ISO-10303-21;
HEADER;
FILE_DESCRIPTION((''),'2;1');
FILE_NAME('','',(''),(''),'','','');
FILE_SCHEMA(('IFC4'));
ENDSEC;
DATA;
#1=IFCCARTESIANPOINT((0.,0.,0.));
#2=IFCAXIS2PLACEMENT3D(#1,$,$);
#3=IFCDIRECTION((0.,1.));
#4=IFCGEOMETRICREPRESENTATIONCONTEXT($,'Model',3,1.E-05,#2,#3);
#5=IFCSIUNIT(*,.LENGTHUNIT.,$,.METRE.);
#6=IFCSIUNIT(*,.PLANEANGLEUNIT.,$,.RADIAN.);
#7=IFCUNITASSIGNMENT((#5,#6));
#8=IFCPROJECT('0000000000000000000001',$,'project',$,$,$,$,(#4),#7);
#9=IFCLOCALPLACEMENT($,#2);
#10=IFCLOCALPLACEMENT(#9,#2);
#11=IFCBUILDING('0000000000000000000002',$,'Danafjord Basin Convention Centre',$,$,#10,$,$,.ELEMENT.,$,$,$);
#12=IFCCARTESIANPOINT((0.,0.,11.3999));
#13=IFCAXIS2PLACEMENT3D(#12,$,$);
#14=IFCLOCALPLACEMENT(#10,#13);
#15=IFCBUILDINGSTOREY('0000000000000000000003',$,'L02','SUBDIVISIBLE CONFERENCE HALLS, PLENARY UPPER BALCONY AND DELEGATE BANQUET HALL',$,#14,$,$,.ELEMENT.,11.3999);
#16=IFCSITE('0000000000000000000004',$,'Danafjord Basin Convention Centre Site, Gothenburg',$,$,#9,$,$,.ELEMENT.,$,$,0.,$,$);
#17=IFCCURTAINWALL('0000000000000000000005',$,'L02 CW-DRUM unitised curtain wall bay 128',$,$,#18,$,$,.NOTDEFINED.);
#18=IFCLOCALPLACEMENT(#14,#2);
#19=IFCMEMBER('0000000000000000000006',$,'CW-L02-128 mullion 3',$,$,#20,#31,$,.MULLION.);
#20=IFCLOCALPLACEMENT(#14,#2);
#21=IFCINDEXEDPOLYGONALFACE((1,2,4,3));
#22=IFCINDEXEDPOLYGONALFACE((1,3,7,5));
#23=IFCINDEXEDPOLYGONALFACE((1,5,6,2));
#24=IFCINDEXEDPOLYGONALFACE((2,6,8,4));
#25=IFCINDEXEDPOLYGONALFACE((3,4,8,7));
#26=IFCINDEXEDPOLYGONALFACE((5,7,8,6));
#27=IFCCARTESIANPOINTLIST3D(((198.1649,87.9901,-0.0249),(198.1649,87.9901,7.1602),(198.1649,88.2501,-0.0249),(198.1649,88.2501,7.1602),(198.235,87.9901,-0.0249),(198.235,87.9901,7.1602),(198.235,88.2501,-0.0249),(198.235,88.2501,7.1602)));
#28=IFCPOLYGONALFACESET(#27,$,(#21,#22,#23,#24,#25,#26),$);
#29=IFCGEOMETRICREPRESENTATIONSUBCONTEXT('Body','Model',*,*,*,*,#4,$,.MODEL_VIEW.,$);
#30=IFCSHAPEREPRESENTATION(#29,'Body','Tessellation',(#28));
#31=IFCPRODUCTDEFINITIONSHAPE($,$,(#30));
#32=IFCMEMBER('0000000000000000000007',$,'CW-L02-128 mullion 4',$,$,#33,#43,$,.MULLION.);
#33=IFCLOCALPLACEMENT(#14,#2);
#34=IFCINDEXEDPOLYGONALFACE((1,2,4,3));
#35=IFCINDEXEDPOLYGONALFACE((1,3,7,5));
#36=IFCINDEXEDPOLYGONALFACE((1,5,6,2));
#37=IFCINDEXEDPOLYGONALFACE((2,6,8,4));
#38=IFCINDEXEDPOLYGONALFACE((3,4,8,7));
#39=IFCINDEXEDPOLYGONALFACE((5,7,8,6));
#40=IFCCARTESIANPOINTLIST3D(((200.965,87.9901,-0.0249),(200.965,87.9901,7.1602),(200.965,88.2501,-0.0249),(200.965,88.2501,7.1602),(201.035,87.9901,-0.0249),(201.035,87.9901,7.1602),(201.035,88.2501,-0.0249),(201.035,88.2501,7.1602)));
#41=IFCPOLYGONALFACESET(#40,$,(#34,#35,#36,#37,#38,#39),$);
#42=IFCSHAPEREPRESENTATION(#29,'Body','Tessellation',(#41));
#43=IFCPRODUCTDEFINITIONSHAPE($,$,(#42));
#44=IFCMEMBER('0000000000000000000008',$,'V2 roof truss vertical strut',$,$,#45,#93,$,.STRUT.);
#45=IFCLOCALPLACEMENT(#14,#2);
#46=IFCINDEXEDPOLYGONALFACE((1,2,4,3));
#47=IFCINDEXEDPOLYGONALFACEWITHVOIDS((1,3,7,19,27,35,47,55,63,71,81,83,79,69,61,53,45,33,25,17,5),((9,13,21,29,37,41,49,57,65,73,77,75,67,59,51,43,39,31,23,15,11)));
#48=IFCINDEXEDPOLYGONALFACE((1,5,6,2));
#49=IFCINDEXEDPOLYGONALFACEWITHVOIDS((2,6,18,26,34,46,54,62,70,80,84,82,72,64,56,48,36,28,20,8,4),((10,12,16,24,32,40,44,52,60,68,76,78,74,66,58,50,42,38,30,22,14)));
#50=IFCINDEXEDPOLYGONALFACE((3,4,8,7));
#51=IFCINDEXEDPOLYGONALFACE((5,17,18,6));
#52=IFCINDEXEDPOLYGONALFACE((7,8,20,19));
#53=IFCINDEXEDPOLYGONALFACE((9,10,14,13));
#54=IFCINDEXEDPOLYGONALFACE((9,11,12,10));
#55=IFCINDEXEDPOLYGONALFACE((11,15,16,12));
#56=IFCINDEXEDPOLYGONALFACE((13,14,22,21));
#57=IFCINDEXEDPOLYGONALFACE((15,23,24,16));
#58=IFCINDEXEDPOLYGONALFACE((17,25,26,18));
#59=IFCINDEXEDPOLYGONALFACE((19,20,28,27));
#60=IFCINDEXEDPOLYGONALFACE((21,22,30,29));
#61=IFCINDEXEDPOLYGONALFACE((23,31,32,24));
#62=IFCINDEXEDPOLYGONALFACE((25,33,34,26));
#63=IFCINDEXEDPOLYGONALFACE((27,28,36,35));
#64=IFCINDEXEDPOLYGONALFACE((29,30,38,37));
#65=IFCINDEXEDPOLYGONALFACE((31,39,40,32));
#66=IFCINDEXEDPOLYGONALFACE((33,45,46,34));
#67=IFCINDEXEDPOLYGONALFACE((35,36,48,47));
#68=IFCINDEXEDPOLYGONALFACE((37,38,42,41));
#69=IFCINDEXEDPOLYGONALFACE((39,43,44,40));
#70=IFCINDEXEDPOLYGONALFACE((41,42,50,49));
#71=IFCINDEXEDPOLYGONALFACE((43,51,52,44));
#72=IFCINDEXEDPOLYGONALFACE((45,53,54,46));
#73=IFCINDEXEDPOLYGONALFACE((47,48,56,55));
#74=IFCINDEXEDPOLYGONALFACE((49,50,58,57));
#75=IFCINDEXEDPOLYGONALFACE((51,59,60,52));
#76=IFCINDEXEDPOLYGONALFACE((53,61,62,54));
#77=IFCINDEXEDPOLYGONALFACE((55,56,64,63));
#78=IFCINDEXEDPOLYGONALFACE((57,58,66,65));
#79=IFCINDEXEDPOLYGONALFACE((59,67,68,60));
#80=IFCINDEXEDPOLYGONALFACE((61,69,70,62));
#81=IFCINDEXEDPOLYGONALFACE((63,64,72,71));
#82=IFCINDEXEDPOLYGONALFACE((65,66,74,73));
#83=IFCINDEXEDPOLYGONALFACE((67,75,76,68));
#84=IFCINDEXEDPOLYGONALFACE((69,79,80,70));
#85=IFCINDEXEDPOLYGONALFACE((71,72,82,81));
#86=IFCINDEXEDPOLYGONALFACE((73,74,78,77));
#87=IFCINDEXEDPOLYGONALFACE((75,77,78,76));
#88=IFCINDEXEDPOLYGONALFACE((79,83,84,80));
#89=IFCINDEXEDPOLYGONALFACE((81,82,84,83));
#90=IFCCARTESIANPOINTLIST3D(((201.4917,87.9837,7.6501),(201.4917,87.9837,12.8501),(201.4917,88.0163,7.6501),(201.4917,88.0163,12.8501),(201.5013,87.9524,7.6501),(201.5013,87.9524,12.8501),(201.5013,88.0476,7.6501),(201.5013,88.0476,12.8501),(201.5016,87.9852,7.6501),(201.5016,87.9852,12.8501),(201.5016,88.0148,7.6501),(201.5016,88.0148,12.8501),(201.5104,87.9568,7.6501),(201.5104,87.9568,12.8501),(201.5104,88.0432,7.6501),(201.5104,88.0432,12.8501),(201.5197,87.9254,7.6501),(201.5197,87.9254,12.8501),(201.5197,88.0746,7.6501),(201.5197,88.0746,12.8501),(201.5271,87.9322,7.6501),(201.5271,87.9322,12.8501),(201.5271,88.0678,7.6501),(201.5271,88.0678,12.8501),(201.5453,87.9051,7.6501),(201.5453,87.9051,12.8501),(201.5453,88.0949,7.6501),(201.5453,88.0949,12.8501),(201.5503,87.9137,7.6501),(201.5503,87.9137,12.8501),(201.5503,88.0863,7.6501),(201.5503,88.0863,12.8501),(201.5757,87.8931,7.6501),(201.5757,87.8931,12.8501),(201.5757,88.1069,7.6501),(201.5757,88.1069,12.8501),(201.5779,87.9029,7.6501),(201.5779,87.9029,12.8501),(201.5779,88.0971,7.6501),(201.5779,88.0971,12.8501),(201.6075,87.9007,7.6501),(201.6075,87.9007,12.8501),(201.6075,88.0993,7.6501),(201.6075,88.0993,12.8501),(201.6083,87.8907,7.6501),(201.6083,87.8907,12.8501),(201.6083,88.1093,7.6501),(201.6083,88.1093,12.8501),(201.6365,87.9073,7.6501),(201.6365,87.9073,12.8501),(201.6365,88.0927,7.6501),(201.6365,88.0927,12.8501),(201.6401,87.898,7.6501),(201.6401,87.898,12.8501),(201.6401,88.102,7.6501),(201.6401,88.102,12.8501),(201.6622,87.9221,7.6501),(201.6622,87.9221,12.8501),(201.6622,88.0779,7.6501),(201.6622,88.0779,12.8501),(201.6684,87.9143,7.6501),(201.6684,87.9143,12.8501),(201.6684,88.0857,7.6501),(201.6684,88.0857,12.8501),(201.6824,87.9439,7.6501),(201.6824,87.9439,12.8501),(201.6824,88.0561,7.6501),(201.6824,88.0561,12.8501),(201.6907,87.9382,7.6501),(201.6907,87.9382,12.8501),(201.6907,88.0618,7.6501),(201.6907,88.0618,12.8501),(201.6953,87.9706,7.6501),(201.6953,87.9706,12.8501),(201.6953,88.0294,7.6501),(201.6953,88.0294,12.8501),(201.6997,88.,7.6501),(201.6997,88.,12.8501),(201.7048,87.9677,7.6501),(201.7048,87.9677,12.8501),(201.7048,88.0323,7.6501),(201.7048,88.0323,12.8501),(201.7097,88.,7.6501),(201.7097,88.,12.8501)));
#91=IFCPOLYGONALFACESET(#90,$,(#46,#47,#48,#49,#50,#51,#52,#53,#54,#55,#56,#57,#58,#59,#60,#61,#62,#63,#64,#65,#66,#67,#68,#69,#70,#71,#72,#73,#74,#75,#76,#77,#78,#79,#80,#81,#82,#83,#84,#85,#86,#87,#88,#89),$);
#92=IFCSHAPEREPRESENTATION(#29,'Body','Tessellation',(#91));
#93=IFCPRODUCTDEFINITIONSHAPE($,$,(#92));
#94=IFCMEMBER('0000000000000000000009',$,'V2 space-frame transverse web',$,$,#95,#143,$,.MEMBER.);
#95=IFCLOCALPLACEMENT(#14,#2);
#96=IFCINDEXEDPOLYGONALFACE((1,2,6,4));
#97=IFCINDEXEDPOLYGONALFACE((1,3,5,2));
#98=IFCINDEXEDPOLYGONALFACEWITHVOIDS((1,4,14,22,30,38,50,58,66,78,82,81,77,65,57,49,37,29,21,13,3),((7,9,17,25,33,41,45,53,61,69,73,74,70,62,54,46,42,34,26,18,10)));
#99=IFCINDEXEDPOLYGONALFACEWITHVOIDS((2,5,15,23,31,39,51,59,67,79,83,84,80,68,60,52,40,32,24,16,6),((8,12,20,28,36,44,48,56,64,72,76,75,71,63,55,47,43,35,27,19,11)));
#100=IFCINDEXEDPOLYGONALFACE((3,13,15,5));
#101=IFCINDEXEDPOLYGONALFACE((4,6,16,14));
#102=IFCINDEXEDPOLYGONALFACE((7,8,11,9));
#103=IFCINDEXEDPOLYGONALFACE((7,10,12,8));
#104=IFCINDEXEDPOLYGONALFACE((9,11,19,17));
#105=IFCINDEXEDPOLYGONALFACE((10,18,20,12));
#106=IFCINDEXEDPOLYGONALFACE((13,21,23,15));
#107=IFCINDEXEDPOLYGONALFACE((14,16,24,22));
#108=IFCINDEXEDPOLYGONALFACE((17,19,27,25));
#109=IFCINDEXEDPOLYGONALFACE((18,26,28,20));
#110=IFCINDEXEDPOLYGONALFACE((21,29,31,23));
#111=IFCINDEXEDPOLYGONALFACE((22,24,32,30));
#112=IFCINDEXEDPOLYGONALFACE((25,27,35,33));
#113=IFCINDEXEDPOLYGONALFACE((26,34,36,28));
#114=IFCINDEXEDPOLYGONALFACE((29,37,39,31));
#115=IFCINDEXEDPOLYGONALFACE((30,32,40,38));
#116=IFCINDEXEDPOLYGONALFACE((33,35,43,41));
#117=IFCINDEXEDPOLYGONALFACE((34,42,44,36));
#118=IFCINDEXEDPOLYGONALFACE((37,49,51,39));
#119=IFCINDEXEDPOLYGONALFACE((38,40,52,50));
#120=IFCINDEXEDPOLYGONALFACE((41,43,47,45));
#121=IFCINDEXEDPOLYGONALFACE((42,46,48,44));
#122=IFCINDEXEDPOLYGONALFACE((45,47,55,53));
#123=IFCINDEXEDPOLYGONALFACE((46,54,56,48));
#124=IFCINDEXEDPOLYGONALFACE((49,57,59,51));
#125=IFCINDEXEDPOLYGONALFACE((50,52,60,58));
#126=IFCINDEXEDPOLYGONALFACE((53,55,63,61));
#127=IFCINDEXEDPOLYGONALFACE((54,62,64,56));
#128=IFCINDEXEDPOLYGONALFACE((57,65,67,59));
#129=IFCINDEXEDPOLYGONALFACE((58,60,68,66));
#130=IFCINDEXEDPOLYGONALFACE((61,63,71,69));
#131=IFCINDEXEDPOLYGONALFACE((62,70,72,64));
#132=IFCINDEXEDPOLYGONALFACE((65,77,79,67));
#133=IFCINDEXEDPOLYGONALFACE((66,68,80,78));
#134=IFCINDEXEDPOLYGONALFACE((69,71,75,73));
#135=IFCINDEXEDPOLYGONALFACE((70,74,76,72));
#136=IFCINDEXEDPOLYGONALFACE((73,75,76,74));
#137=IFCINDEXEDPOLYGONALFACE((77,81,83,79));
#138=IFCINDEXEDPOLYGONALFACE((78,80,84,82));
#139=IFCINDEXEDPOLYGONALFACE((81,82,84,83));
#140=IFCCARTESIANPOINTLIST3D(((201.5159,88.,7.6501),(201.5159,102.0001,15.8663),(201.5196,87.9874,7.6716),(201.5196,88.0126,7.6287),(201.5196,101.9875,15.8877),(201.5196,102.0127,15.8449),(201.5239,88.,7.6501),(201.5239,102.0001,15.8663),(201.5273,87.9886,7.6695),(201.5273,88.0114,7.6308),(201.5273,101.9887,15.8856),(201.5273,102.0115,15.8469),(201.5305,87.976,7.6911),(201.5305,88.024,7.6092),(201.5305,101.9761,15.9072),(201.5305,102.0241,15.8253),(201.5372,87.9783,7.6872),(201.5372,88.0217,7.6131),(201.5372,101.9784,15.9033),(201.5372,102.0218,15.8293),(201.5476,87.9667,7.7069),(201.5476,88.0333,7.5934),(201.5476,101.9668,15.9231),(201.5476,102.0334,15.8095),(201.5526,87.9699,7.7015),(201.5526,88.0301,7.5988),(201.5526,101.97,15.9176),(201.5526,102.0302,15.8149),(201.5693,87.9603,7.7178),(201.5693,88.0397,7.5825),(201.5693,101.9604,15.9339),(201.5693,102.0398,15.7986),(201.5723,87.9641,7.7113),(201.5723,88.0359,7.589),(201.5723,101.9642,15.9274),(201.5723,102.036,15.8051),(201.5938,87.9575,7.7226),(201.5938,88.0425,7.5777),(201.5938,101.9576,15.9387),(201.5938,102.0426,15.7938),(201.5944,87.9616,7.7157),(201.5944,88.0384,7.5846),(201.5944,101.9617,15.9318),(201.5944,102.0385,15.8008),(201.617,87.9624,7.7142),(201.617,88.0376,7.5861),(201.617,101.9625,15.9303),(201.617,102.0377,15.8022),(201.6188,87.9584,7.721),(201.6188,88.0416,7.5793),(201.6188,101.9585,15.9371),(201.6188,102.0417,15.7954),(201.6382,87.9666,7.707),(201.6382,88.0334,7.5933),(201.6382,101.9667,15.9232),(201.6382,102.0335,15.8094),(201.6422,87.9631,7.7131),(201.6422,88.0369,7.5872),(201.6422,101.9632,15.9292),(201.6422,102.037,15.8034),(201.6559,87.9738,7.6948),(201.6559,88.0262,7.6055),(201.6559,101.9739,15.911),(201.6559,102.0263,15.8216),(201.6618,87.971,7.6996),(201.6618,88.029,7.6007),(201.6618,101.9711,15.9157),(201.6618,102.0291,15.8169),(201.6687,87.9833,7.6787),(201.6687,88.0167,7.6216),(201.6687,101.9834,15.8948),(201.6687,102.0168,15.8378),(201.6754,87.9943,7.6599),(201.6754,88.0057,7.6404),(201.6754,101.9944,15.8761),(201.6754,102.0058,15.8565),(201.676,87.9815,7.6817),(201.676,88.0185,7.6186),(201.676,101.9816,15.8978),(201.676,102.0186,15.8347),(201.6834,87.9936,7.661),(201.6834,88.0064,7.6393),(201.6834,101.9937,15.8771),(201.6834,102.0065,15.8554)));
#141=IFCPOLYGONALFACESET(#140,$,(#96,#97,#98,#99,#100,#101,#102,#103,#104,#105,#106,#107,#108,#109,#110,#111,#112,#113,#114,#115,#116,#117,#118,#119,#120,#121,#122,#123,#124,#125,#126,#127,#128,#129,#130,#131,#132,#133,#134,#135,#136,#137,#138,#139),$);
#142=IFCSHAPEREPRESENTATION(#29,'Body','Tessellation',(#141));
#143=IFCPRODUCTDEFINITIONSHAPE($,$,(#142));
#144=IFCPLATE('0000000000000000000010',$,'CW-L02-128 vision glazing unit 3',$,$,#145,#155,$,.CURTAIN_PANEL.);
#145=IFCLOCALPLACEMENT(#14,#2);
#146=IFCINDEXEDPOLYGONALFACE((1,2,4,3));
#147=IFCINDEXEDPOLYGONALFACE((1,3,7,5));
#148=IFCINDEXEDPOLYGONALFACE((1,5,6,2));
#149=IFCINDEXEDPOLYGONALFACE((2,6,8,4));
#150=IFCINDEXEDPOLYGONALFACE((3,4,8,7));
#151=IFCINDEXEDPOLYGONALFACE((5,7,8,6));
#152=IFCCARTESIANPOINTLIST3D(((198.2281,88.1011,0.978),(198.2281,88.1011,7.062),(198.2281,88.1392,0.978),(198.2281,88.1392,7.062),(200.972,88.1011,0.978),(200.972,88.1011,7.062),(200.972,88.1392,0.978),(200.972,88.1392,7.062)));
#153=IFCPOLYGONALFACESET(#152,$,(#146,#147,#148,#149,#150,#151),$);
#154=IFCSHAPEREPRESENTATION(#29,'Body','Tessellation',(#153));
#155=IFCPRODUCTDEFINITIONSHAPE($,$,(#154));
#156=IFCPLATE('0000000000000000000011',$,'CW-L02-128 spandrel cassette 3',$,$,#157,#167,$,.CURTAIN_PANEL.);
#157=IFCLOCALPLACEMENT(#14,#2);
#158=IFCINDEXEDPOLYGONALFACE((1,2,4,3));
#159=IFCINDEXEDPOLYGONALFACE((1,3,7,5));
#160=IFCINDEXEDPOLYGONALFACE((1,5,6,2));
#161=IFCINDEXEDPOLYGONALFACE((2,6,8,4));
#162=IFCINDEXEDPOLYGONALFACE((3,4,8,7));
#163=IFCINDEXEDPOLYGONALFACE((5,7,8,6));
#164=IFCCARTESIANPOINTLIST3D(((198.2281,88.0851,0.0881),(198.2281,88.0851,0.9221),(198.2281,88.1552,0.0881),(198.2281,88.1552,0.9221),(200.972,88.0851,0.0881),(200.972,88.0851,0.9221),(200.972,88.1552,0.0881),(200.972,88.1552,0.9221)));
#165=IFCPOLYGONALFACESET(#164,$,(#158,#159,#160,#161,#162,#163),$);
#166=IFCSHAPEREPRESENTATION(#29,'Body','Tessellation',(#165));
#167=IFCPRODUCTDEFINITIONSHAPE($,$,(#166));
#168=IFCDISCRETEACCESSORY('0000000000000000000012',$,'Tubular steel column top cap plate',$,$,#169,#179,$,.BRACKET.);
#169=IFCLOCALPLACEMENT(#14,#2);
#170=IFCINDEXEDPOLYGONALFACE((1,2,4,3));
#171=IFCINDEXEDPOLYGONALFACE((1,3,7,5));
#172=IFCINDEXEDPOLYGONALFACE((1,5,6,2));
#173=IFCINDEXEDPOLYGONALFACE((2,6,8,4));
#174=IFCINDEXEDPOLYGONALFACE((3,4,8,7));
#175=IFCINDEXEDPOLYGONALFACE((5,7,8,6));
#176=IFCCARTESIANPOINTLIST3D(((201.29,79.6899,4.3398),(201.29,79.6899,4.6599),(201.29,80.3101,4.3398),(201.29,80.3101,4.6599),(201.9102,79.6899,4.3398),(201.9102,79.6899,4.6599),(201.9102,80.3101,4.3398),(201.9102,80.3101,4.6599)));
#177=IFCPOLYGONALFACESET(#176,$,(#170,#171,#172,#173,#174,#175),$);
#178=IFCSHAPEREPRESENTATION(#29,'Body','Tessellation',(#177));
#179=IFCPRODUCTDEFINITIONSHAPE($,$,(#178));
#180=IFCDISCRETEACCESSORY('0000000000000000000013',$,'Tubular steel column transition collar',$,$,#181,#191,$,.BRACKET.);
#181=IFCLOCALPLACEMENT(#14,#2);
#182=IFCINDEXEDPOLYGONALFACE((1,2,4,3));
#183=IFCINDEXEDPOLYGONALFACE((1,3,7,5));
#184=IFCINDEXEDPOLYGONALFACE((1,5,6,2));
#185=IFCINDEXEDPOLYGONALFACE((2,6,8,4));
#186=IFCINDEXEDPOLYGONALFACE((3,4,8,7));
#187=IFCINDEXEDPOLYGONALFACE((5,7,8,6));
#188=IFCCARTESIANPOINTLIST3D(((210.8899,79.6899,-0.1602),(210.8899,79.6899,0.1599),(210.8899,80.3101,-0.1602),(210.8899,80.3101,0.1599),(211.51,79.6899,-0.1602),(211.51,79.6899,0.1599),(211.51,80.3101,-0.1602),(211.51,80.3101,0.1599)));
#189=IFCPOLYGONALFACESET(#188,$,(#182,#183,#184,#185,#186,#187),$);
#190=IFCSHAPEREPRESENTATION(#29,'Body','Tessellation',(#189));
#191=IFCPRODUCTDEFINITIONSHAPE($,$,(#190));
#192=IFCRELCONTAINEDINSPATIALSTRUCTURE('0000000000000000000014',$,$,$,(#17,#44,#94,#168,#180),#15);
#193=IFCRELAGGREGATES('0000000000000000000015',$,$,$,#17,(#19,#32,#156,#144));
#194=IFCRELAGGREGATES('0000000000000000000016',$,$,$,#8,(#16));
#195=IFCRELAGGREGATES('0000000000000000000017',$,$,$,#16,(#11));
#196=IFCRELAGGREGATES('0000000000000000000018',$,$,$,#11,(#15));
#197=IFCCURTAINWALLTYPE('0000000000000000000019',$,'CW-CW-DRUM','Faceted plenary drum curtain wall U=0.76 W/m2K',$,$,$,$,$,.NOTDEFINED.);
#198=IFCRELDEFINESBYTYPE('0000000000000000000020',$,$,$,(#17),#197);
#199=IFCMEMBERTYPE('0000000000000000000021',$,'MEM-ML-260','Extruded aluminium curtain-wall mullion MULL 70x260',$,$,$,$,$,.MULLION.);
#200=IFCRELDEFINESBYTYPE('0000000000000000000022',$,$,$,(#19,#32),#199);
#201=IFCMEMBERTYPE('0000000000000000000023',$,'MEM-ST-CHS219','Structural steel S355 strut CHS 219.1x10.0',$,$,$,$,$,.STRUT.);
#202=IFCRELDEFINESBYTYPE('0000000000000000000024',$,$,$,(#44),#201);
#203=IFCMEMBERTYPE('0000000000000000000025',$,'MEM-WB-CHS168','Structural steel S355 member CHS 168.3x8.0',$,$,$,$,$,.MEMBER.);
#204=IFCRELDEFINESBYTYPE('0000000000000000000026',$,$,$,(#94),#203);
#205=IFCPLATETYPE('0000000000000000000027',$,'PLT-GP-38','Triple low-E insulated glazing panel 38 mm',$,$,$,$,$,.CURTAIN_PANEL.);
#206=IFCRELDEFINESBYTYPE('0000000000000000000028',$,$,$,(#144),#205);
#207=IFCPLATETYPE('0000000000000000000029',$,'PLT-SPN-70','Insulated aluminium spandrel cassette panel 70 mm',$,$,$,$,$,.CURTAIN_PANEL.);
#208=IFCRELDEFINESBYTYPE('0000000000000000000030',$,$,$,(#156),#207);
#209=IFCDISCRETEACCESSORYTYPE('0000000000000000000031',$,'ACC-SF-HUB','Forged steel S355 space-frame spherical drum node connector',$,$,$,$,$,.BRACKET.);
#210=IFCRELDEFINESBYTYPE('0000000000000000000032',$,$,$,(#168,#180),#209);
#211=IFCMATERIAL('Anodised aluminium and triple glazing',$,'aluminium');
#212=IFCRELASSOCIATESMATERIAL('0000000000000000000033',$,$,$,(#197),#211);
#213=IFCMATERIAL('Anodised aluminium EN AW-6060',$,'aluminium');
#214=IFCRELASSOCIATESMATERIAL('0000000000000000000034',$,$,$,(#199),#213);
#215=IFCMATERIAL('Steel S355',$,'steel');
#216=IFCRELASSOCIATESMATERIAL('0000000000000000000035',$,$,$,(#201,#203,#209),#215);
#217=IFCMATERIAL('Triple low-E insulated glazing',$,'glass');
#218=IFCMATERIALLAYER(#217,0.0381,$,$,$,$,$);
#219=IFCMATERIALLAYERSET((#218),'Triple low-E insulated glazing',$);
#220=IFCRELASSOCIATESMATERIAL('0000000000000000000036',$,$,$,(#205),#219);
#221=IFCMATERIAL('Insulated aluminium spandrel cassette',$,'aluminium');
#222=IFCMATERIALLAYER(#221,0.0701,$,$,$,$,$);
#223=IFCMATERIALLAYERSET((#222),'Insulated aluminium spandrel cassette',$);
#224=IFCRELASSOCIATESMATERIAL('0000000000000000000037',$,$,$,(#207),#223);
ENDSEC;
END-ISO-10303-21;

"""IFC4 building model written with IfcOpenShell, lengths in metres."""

from ifc_helpers import new_model, si_unit, direction, frame, origin, origin_2d, place, context, subcontext, project, spatial, rectangle, hollow_circle, extrude, material, layer, layer_set, material_profile, profile_set, type_object, element, aggregate, save


model = new_model("IFC4")

# Units and contexts
model_context = context("Model", 3, precision=1e-05, world=origin(), true_north=direction((0.0, 1.0)))
body_context = subcontext(model_context, "Body", "Model", "MODEL_VIEW")
ifc_project = project(units=[si_unit("LENGTHUNIT", "METRE"), si_unit("PLANEANGLEUNIT", "RADIAN")], contexts=[model_context])

# Site, building, storey
site_placement = place(None, origin())
site = spatial("IfcSite", under=ifc_project, at=site_placement, Name="Danafjord Basin Convention Centre Site, Gothenburg", CompositionType="ELEMENT", RefElevation=0.0)
building_placement = place(site_placement, origin())
building = spatial("IfcBuilding", under=site, at=building_placement, Name="Danafjord Basin Convention Centre", CompositionType="ELEMENT")
storey_placement = place(building_placement, frame((0.0, 0.0, 11.3999)))
storey = spatial("IfcBuildingStorey", under=building, at=storey_placement, Name="L02", Description="SUBDIVISIBLE CONFERENCE HALLS, PLENARY UPPER BALCONY AND DELEGATE BANQUET HALL", CompositionType="ELEMENT", Elevation=11.3999)

# Shared definitions
ifc_material_1 = material(Name="Steel S355", Category="steel")

# Curtain wall, members
ifc_material_2 = material(Name="Anodised aluminium and triple glazing", Category="aluminium")
curtain_wall_type = type_object("IfcCurtainWallType", Name="CW-CW-DRUM", Description="Faceted plenary drum curtain wall U=0.76 W/m2K", PredefinedType="NOTDEFINED", material=ifc_material_2)
curtain_wall_placement = place(storey_placement, origin())
curtain_wall = element("IfcCurtainWall", 1, at=curtain_wall_placement, inside=storey, type_object=curtain_wall_type, Name="L02 CW-DRUM unitised curtain wall bay 128", PredefinedType="NOTDEFINED")
ifc_material_3 = material(Name="Anodised aluminium EN AW-6060", Category="aluminium")
ifc_material_profile_1 = material_profile(ifc_material_3, rectangle(XDim=0.0701, YDim=0.26, at=origin_2d()), Name="MULL 70x260")
ifc_profile_set_1 = profile_set([ifc_material_profile_1], Name="Anodised aluminium EN AW-6060")
member_type_1 = type_object("IfcMemberType", Name="MEM-ML-260", Description="Extruded aluminium curtain-wall mullion MULL 70x260", PredefinedType="MULLION", material=ifc_profile_set_1)
member_1_placement = place(storey_placement, frame((198.2, 88.1201, -0.0249), z_axis=(0.0, 0.0, 1.0), x_axis=(1.0, 0.0, 0.0)))
member_1 = element("IfcMember", 2, at=member_1_placement, type_object=member_type_1, Name="CW-L02-128 mullion 3", PredefinedType="MULLION", context=body_context, shape_type="SweptSolid", body=[
    extrude(rectangle(XDim=0.0701, YDim=0.26, at=origin_2d()), origin(), (0.0, 0.0, 1.0), 7.1851),
])
member_2_placement = place(storey_placement, frame((201.0, 88.1201, -0.0249), z_axis=(0.0, 0.0, 1.0), x_axis=(1.0, 0.0, 0.0)))
member_2 = element("IfcMember", 3, at=member_2_placement, type_object=member_type_1, Name="CW-L02-128 mullion 4", PredefinedType="MULLION", context=body_context, shape_type="SweptSolid", body=[
    extrude(rectangle(XDim=0.0701, YDim=0.26, at=origin_2d()), origin(), (0.0, 0.0, 1.0), 7.1851),
])

# Members
ifc_material_profile_2 = material_profile(ifc_material_1, hollow_circle(Radius=0.1096, WallThickness=0.01, at=origin_2d()), Name="CHS 219.1x10.0")
ifc_profile_set_2 = profile_set([ifc_material_profile_2], Name="Steel S355")
member_type_2 = type_object("IfcMemberType", Name="MEM-ST-CHS219", Description="Structural steel S355 strut CHS 219.1x10.0", PredefinedType="STRUT", material=ifc_profile_set_2)
member_3_placement = place(storey_placement, frame((201.6001, 88.0, 7.6501), z_axis=(0.0, 0.0, 1.0), x_axis=(1.0, 0.0, 0.0)))
element("IfcMember", 4, at=member_3_placement, inside=storey, type_object=member_type_2, Name="V2 roof truss vertical strut", PredefinedType="STRUT", context=body_context, shape_type="SweptSolid", body=[
    extrude(hollow_circle(Radius=0.1096, WallThickness=0.01, at=origin_2d()), origin(), (0.0, 0.0, 1.0), 5.2),
])
ifc_material_profile_3 = material_profile(ifc_material_1, hollow_circle(Radius=0.0842, WallThickness=0.0081, at=origin_2d()), Name="CHS 168.3x8.0")
ifc_profile_set_3 = profile_set([ifc_material_profile_3], Name="Steel S355")
member_type_3 = type_object("IfcMemberType", Name="MEM-WB-CHS168", Description="Structural steel S355 member CHS 168.3x8.0", PredefinedType="MEMBER", material=ifc_profile_set_3)
member_4_placement = place(storey_placement, frame((201.6001, 88.0, 7.6501), z_axis=(0.0, 0.862451, 0.50614), x_axis=(-1.0, 0.0, 0.0)))
element("IfcMember", 5, at=member_4_placement, inside=storey, type_object=member_type_3, Name="V2 space-frame transverse web", PredefinedType="MEMBER", context=body_context, shape_type="SweptSolid", body=[
    extrude(hollow_circle(Radius=0.0842, WallThickness=0.0081, at=origin_2d()), origin(), (0.0, 0.0, 1.0), 16.2329),
])

# Plates
ifc_material_4 = material(Name="Triple low-E insulated glazing", Category="glass")
ifc_layer_1 = layer(ifc_material_4, 0.0381)
ifc_layer_set_1 = layer_set([ifc_layer_1], Name="Triple low-E insulated glazing")
plate_type_1 = type_object("IfcPlateType", Name="PLT-GP-38", Description="Triple low-E insulated glazing panel 38 mm", PredefinedType="CURTAIN_PANEL", material=ifc_layer_set_1)
plate_1_placement = place(storey_placement, frame((199.6001, 88.1201, 0.978), z_axis=(0.0, 0.0, 1.0), x_axis=(1.0, 0.0, 0.0)))
plate_1 = element("IfcPlate", 6, at=plate_1_placement, type_object=plate_type_1, Name="CW-L02-128 vision glazing unit 3", PredefinedType="CURTAIN_PANEL", context=body_context, shape_type="SweptSolid", body=[
    extrude(rectangle(XDim=2.7439, YDim=0.0381, at=origin_2d()), origin(), (0.0, 0.0, 1.0), 6.084),
])
ifc_material_5 = material(Name="Insulated aluminium spandrel cassette", Category="aluminium")
ifc_layer_2 = layer(ifc_material_5, 0.0701)
ifc_layer_set_2 = layer_set([ifc_layer_2], Name="Insulated aluminium spandrel cassette")
plate_type_2 = type_object("IfcPlateType", Name="PLT-SPN-70", Description="Insulated aluminium spandrel cassette panel 70 mm", PredefinedType="CURTAIN_PANEL", material=ifc_layer_set_2)
plate_2_placement = place(storey_placement, frame((199.6001, 88.1201, 0.0881), z_axis=(0.0, 0.0, 1.0), x_axis=(1.0, 0.0, 0.0)))
plate_2 = element("IfcPlate", 7, at=plate_2_placement, type_object=plate_type_2, Name="CW-L02-128 spandrel cassette 3", PredefinedType="CURTAIN_PANEL", context=body_context, shape_type="SweptSolid", body=[
    extrude(rectangle(XDim=2.7439, YDim=0.0701, at=origin_2d()), origin(), (0.0, 0.0, 1.0), 0.834),
])
aggregate(curtain_wall, [member_1, member_2, plate_2, plate_1])

# Discrete accessories
discrete_accessory_type = type_object("IfcDiscreteAccessoryType", Name="ACC-SF-HUB", Description="Forged steel S355 space-frame spherical drum node connector", PredefinedType="BRACKET", material=ifc_material_1)
for number, where, z_axis, x_axis, name in (
    (8, (201.6001, 80.0, 4.3398), (0.0, 0.0, 1.0), (1.0, 0.0, 0.0), "Tubular steel column top cap plate"),
    (9, (211.2, 80.0, -0.1602), (0.0, 0.0, 1.0), (1.0, 0.0, 0.0), "Tubular steel column transition collar"),
):
    element("IfcDiscreteAccessory", number, at=place(storey_placement, frame(where, z_axis=z_axis, x_axis=x_axis)), inside=storey, type_object=discrete_accessory_type, Name=name, PredefinedType="BRACKET", context=body_context, shape_type="SweptSolid", body=[
        extrude(rectangle(XDim=0.6201, YDim=0.6201, at=origin_2d()), origin(), (0.0, 0.0, 1.0), 0.3201),
    ])

save(model, "model.ifc")
